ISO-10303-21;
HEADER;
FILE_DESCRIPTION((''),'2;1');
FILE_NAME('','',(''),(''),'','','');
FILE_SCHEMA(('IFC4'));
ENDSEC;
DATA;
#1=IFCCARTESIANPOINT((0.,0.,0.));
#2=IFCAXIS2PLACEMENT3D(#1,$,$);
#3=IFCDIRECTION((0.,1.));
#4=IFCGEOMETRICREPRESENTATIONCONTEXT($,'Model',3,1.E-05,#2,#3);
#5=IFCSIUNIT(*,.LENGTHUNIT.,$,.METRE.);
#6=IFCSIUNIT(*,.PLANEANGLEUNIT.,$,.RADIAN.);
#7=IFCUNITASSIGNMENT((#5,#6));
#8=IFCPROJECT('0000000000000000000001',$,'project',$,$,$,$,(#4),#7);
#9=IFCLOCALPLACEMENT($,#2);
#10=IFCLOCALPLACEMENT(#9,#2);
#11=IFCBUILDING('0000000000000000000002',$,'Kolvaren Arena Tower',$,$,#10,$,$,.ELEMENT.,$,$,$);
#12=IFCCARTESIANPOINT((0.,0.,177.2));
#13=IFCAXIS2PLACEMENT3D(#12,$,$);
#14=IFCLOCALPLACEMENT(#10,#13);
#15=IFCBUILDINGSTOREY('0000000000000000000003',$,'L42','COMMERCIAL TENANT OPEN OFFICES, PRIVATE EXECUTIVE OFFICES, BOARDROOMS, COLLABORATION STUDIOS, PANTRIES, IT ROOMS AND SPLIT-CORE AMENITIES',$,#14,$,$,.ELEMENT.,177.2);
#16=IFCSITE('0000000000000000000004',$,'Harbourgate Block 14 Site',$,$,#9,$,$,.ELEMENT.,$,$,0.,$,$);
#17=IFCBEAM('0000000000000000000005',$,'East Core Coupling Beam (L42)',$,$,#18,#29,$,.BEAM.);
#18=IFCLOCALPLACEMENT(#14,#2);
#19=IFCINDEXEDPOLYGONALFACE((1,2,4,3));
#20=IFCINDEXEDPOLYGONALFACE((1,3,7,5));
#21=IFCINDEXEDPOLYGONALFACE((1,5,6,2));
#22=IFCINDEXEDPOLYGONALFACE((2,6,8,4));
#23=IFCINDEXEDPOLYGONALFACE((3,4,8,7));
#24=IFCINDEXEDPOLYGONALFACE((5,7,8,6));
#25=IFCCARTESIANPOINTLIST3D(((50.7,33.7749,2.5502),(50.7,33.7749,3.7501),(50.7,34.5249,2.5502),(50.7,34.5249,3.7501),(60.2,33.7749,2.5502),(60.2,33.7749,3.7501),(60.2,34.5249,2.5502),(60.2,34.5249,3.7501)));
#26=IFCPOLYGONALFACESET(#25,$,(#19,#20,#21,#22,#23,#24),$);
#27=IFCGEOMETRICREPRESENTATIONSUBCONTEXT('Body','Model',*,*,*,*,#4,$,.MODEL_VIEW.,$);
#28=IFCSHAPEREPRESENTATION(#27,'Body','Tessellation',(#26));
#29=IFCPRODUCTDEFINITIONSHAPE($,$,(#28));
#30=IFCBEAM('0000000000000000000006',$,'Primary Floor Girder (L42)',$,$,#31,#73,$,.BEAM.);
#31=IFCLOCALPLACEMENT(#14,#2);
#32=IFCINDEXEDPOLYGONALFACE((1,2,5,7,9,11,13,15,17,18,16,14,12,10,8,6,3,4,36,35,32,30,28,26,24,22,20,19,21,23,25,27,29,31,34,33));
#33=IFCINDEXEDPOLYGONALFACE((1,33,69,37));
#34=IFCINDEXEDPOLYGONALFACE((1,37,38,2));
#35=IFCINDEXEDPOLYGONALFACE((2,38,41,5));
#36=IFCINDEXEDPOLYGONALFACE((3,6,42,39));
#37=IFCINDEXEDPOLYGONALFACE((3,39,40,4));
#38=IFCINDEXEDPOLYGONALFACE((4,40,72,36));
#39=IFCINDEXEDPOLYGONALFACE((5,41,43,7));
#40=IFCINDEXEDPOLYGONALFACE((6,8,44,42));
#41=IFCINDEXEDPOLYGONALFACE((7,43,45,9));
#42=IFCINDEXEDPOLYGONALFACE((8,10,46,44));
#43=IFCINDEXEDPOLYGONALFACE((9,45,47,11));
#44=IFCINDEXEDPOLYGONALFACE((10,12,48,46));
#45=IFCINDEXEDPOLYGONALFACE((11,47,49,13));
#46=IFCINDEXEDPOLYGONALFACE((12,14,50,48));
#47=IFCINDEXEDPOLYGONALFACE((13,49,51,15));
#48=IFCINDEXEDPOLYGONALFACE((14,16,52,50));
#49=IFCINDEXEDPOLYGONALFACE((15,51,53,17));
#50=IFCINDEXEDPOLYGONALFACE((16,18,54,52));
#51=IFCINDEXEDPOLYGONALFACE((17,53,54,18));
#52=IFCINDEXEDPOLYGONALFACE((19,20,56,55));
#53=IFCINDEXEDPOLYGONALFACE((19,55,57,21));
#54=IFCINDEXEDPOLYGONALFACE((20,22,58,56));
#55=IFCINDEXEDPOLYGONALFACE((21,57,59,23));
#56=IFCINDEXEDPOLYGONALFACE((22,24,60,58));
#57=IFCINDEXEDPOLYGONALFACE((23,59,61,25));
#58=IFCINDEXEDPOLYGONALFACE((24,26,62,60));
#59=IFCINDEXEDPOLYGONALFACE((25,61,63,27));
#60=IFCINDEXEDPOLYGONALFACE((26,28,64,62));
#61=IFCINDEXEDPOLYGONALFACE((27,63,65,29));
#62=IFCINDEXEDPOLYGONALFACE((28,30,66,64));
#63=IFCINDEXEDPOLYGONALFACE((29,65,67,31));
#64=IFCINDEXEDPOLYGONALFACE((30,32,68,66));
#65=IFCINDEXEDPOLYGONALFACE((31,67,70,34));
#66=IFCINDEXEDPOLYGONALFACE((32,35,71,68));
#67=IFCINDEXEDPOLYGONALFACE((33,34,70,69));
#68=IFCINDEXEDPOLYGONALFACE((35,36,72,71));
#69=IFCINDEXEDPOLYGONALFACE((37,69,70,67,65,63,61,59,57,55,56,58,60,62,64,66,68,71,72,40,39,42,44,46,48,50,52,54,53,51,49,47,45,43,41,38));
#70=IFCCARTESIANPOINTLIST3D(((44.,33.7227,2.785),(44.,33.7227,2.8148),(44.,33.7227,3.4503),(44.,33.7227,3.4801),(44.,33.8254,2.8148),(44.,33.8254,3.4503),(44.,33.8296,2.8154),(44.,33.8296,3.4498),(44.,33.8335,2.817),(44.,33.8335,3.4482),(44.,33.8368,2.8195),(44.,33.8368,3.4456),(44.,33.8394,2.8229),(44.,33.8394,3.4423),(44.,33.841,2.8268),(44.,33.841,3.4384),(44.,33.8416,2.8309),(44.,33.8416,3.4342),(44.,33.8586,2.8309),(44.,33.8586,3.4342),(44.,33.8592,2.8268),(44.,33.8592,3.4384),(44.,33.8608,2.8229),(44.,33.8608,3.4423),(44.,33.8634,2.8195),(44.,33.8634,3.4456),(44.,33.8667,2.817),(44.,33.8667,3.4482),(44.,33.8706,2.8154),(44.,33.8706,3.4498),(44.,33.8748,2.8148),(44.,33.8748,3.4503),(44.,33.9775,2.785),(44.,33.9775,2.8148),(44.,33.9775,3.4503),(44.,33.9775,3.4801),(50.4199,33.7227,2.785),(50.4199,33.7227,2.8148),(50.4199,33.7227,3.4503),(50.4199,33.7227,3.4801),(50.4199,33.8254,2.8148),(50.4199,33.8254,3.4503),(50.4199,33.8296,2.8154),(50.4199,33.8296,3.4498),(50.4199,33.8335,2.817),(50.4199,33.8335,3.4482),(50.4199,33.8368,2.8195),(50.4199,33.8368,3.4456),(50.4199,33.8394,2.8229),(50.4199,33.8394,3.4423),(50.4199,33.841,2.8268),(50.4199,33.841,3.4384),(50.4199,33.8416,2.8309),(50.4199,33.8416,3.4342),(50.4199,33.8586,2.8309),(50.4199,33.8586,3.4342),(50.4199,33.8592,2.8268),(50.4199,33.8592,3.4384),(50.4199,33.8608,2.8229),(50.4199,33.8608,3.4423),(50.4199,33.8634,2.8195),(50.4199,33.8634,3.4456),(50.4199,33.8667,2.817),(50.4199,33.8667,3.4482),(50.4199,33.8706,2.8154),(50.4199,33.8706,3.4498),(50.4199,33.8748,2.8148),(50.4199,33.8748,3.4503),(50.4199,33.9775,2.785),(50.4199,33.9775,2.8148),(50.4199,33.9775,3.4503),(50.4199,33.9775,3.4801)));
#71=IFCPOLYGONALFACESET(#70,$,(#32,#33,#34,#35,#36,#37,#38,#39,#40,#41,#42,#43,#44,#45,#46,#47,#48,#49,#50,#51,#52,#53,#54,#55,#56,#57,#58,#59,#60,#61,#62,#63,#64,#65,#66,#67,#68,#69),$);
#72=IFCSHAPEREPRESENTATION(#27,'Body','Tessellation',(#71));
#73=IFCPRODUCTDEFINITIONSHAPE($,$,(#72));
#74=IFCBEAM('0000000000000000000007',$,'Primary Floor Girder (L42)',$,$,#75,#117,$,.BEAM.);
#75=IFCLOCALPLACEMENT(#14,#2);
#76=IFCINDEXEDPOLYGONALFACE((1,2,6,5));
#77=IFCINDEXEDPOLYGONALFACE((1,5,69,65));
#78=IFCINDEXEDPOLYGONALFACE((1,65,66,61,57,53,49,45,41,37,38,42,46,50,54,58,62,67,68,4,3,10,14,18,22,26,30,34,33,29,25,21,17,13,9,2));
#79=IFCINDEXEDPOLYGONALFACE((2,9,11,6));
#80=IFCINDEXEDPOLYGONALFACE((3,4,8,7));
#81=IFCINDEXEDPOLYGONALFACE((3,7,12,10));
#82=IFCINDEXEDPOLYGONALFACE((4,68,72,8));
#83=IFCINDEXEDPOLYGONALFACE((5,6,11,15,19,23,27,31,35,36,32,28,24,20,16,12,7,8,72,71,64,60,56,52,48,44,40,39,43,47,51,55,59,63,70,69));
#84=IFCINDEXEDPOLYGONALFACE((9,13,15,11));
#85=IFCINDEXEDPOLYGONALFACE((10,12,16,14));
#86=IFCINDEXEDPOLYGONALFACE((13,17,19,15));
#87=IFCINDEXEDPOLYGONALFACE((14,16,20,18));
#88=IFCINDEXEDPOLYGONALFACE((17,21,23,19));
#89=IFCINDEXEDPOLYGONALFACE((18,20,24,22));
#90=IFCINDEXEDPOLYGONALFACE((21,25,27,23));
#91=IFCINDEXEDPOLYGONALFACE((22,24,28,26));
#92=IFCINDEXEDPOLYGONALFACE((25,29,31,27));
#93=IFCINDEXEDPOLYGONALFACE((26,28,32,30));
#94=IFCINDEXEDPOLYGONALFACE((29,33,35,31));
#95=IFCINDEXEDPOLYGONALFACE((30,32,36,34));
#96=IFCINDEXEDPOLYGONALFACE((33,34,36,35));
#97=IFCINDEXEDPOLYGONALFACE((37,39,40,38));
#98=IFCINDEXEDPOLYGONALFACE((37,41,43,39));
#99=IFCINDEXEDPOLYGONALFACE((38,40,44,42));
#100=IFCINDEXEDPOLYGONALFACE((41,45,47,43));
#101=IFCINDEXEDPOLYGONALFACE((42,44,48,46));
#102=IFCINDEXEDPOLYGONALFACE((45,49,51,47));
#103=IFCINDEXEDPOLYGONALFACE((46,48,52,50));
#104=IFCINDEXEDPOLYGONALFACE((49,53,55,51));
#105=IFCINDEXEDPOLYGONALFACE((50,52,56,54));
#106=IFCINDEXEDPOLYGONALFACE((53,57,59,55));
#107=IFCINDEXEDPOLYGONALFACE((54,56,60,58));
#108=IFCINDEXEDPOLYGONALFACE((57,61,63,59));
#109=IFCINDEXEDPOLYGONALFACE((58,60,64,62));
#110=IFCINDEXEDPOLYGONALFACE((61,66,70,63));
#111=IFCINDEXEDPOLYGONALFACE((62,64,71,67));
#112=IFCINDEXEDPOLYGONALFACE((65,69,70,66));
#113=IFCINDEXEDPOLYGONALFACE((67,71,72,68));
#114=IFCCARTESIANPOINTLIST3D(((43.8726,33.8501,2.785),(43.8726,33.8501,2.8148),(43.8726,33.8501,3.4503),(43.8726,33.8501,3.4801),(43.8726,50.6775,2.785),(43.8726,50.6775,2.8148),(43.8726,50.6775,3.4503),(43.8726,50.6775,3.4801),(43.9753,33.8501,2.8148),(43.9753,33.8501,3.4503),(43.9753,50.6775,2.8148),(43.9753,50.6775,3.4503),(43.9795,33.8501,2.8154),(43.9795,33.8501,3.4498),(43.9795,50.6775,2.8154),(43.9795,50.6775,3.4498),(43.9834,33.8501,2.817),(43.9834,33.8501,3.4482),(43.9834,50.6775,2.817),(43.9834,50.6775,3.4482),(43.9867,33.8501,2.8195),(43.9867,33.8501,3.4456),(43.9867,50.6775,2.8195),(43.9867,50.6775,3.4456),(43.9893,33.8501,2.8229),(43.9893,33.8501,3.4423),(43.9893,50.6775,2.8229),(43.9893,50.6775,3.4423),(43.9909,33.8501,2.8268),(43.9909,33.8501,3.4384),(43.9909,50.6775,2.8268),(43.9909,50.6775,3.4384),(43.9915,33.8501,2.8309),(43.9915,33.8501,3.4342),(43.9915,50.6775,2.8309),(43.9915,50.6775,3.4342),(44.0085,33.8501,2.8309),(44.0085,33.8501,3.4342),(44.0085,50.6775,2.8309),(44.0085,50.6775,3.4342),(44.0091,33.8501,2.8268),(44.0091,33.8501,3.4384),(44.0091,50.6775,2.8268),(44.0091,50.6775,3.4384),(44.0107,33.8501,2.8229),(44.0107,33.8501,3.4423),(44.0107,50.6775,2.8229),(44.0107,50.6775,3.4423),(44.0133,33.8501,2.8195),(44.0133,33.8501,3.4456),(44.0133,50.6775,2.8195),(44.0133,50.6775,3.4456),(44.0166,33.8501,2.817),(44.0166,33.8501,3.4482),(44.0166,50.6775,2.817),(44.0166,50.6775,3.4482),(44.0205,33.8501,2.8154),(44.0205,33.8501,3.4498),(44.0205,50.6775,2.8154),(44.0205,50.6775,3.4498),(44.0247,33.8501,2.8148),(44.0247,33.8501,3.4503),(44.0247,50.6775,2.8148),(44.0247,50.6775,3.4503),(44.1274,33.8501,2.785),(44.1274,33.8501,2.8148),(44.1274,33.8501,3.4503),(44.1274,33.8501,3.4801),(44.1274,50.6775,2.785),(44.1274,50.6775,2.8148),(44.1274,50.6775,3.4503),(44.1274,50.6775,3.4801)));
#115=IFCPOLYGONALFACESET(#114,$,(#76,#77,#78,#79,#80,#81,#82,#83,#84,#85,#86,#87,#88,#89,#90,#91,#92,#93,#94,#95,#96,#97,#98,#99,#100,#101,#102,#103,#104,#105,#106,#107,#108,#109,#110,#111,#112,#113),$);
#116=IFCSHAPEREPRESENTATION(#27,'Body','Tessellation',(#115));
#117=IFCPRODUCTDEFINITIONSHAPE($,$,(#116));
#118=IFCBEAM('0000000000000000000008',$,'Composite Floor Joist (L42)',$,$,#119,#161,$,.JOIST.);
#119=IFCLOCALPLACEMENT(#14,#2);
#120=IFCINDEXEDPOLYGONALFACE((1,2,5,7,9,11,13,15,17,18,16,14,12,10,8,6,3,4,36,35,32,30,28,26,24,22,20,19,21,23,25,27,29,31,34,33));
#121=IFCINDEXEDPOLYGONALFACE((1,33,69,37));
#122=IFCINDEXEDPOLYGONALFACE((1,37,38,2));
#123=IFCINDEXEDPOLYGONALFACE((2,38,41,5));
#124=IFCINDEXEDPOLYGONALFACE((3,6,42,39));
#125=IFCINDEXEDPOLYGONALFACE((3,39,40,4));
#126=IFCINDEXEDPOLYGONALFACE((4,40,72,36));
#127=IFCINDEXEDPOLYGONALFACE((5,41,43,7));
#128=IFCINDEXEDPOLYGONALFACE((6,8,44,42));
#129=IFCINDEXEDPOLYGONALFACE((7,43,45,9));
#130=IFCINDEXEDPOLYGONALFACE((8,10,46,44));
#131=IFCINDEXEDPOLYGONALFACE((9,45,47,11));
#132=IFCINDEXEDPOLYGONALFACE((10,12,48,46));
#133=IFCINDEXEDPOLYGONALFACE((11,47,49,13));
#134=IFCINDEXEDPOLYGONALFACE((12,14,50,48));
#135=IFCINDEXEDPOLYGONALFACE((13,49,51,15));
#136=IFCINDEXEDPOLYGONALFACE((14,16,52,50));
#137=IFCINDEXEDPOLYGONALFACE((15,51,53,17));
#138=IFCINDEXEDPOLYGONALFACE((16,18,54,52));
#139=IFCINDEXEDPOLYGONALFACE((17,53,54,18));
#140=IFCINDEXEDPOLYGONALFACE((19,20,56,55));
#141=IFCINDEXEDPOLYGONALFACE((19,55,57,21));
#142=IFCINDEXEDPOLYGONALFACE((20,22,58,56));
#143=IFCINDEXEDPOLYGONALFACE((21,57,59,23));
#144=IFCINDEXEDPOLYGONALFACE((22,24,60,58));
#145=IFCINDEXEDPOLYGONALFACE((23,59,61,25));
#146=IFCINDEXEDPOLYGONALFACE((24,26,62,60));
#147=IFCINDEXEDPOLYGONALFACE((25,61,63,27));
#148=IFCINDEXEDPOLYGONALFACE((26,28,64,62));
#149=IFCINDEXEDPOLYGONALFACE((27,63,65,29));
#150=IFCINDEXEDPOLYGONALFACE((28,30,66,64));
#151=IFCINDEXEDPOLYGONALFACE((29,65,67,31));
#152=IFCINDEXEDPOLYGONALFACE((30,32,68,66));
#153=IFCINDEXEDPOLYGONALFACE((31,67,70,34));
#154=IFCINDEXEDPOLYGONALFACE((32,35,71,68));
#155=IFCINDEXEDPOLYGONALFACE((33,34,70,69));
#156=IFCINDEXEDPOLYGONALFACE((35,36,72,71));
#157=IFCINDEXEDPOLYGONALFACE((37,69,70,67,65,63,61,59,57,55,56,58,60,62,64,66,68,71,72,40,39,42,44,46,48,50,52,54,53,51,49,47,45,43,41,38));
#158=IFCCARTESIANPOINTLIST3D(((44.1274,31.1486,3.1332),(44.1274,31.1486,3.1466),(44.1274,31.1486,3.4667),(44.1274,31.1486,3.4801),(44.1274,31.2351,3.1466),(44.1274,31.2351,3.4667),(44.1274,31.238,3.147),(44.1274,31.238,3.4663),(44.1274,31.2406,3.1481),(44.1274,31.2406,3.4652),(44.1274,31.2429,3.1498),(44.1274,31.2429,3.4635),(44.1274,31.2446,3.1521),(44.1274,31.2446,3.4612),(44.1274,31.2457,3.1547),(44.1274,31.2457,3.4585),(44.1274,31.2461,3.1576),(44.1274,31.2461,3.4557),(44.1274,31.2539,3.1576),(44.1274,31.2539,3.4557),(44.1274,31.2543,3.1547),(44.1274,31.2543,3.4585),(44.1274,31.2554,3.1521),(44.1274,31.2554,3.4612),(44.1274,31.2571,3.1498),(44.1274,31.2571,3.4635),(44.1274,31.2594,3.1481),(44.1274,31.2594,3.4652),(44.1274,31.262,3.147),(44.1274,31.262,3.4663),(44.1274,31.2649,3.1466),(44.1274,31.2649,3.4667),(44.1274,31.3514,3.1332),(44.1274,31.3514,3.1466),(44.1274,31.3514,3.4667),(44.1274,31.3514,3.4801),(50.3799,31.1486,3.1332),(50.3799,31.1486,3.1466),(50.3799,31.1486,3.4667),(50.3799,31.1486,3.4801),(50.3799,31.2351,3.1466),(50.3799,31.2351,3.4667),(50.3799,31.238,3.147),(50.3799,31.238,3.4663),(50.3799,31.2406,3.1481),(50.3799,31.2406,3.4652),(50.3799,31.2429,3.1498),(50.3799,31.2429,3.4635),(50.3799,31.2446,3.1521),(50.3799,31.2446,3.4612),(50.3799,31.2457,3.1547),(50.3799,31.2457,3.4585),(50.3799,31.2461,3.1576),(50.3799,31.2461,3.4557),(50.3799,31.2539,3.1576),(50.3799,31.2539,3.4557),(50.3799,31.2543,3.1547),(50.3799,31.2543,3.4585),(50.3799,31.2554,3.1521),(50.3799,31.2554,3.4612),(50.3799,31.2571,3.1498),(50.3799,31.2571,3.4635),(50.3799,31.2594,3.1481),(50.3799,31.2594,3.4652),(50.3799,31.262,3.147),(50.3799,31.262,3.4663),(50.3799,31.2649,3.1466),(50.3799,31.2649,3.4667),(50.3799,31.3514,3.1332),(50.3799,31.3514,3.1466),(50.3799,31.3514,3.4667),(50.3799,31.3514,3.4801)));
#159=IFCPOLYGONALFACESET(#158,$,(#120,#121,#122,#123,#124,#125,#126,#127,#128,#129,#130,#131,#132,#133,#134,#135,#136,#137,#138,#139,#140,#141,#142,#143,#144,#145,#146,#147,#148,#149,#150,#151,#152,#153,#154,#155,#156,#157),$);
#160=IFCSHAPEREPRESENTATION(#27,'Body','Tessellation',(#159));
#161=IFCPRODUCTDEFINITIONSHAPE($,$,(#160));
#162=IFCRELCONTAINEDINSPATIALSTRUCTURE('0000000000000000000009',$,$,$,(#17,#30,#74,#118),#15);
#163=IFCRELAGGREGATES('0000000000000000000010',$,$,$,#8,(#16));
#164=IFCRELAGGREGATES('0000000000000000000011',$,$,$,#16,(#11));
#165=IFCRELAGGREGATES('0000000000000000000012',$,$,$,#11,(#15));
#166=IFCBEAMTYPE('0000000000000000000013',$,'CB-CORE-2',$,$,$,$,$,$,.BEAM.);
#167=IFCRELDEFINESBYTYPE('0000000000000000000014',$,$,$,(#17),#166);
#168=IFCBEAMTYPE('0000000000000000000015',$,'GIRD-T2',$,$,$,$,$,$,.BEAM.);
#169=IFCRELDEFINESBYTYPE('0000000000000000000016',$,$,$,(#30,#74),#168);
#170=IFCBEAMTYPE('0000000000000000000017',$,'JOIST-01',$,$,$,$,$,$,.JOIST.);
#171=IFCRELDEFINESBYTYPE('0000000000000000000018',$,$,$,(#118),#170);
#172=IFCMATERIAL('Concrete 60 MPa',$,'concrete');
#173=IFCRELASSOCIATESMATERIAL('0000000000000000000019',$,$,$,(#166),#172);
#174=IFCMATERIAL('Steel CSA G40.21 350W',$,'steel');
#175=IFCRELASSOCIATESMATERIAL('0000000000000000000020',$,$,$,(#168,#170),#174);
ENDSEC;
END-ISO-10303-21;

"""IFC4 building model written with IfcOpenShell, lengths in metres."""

from ifc_helpers import new_model, si_unit, direction, frame, origin, origin_2d, place, context, subcontext, project, spatial, rectangle, i_section, extrude, material, material_profile, profile_set, type_object, element, save


model = new_model("IFC4")

# Units and contexts
model_context = context("Model", 3, precision=1e-05, world=origin(), true_north=direction((0.0, 1.0)))
body_context = subcontext(model_context, "Body", "Model", "MODEL_VIEW")
ifc_project = project(units=[si_unit("LENGTHUNIT", "METRE"), si_unit("PLANEANGLEUNIT", "RADIAN")], contexts=[model_context])

# Site, building, storey
site_placement = place(None, origin())
site = spatial("IfcSite", under=ifc_project, at=site_placement, Name="Harbourgate Block 14 Site", CompositionType="ELEMENT", RefElevation=0.0)
building_placement = place(site_placement, origin())
building = spatial("IfcBuilding", under=site, at=building_placement, Name="Kolvaren Arena Tower", CompositionType="ELEMENT")
storey_placement = place(building_placement, frame((0.0, 0.0, 177.2)))
storey = spatial("IfcBuildingStorey", under=building, at=storey_placement, Name="L42", Description="COMMERCIAL TENANT OPEN OFFICES, PRIVATE EXECUTIVE OFFICES, BOARDROOMS, COLLABORATION STUDIOS, PANTRIES, IT ROOMS AND SPLIT-CORE AMENITIES", CompositionType="ELEMENT", Elevation=177.2)

# Beams
ifc_material_1 = material(Name="Steel CSA G40.21 350W", Category="steel")
ifc_material_2 = material(Name="Concrete 60 MPa", Category="concrete")
ifc_material_profile_1 = material_profile(ifc_material_2, rectangle(XDim=0.75, YDim=1.2, at=origin_2d()), Name="RC-750x1200")
ifc_profile_set_1 = profile_set([ifc_material_profile_1], Name="Concrete 60 MPa")
beam_type_1 = type_object("IfcBeamType", Name="CB-CORE-2", PredefinedType="BEAM", material=ifc_profile_set_1)
beam_1_placement = place(storey_placement, frame((50.7, 34.1499, 3.1501), z_axis=(1.0, 0.0, 0.0), x_axis=(0.0, 1.0, 0.0)))
element("IfcBeam", 1, at=beam_1_placement, inside=storey, type_object=beam_type_1, Name="East Core Coupling Beam (L42)", PredefinedType="BEAM", context=body_context, shape_type="SweptSolid", body=[
    extrude(rectangle(XDim=0.75, YDim=1.2, at=origin_2d()), origin(), (0.0, 0.0, 1.0), 9.5),
])
ifc_material_profile_2 = material_profile(ifc_material_1, i_section(OverallWidth=0.2549, OverallDepth=0.6951, WebThickness=0.0171, FlangeThickness=0.0298, FilletRadius=0.0161, at=origin_2d()), Name="W690x217")
ifc_profile_set_2 = profile_set([ifc_material_profile_2], Name="Steel CSA G40.21 350W")
beam_type_2 = type_object("IfcBeamType", Name="GIRD-T2", PredefinedType="BEAM", material=ifc_profile_set_2)
beam_2_placement = place(storey_placement, frame((44.0, 33.8501, 3.1326), z_axis=(1.0, 0.0, 0.0), x_axis=(0.0, 1.0, 0.0)))
element("IfcBeam", 2, at=beam_2_placement, inside=storey, type_object=beam_type_2, Name="Primary Floor Girder (L42)", PredefinedType="BEAM", context=body_context, shape_type="SweptSolid", body=[
    extrude(i_section(OverallWidth=0.2549, OverallDepth=0.6951, WebThickness=0.0171, FlangeThickness=0.0298, FilletRadius=0.0161, at=origin_2d()), origin(), (0.0, 0.0, 1.0), 6.4199),
])
beam_3_placement = place(storey_placement, frame((44.0, 33.8501, 3.1326), z_axis=(0.0, 1.0, 0.0), x_axis=(-1.0, 0.0, 0.0)))
element("IfcBeam", 3, at=beam_3_placement, inside=storey, type_object=beam_type_2, Name="Primary Floor Girder (L42)", PredefinedType="BEAM", context=body_context, shape_type="SweptSolid", body=[
    extrude(i_section(OverallWidth=0.2549, OverallDepth=0.6951, WebThickness=0.0171, FlangeThickness=0.0298, FilletRadius=0.0161, at=origin_2d()), origin(), (0.0, 0.0, 1.0), 16.8274),
])
ifc_material_profile_3 = material_profile(ifc_material_1, i_section(OverallWidth=0.2029, OverallDepth=0.3469, WebThickness=0.0078, FlangeThickness=0.0134, FilletRadius=0.011, at=origin_2d()), Name="W360x64")
ifc_profile_set_3 = profile_set([ifc_material_profile_3], Name="Steel CSA G40.21 350W")
beam_type_3 = type_object("IfcBeamType", Name="JOIST-01", PredefinedType="JOIST", material=ifc_profile_set_3)
for number, where, z_axis, x_axis, name in (
    (4, (44.1274, 31.25, 3.3066), (1.0, 0.0, 0.0), (0.0, 1.0, 0.0), "Composite Floor Joist (L42)"),
):
    element("IfcBeam", number, at=place(storey_placement, frame(where, z_axis=z_axis, x_axis=x_axis)), inside=storey, type_object=beam_type_3, Name=name, PredefinedType="JOIST", context=body_context, shape_type="SweptSolid", body=[
        extrude(i_section(OverallWidth=0.2029, OverallDepth=0.3469, WebThickness=0.0078, FlangeThickness=0.0134, FilletRadius=0.011, at=origin_2d()), origin(), (0.0, 0.0, 1.0), 6.2524),
    ])

save(model, "model.ifc")
